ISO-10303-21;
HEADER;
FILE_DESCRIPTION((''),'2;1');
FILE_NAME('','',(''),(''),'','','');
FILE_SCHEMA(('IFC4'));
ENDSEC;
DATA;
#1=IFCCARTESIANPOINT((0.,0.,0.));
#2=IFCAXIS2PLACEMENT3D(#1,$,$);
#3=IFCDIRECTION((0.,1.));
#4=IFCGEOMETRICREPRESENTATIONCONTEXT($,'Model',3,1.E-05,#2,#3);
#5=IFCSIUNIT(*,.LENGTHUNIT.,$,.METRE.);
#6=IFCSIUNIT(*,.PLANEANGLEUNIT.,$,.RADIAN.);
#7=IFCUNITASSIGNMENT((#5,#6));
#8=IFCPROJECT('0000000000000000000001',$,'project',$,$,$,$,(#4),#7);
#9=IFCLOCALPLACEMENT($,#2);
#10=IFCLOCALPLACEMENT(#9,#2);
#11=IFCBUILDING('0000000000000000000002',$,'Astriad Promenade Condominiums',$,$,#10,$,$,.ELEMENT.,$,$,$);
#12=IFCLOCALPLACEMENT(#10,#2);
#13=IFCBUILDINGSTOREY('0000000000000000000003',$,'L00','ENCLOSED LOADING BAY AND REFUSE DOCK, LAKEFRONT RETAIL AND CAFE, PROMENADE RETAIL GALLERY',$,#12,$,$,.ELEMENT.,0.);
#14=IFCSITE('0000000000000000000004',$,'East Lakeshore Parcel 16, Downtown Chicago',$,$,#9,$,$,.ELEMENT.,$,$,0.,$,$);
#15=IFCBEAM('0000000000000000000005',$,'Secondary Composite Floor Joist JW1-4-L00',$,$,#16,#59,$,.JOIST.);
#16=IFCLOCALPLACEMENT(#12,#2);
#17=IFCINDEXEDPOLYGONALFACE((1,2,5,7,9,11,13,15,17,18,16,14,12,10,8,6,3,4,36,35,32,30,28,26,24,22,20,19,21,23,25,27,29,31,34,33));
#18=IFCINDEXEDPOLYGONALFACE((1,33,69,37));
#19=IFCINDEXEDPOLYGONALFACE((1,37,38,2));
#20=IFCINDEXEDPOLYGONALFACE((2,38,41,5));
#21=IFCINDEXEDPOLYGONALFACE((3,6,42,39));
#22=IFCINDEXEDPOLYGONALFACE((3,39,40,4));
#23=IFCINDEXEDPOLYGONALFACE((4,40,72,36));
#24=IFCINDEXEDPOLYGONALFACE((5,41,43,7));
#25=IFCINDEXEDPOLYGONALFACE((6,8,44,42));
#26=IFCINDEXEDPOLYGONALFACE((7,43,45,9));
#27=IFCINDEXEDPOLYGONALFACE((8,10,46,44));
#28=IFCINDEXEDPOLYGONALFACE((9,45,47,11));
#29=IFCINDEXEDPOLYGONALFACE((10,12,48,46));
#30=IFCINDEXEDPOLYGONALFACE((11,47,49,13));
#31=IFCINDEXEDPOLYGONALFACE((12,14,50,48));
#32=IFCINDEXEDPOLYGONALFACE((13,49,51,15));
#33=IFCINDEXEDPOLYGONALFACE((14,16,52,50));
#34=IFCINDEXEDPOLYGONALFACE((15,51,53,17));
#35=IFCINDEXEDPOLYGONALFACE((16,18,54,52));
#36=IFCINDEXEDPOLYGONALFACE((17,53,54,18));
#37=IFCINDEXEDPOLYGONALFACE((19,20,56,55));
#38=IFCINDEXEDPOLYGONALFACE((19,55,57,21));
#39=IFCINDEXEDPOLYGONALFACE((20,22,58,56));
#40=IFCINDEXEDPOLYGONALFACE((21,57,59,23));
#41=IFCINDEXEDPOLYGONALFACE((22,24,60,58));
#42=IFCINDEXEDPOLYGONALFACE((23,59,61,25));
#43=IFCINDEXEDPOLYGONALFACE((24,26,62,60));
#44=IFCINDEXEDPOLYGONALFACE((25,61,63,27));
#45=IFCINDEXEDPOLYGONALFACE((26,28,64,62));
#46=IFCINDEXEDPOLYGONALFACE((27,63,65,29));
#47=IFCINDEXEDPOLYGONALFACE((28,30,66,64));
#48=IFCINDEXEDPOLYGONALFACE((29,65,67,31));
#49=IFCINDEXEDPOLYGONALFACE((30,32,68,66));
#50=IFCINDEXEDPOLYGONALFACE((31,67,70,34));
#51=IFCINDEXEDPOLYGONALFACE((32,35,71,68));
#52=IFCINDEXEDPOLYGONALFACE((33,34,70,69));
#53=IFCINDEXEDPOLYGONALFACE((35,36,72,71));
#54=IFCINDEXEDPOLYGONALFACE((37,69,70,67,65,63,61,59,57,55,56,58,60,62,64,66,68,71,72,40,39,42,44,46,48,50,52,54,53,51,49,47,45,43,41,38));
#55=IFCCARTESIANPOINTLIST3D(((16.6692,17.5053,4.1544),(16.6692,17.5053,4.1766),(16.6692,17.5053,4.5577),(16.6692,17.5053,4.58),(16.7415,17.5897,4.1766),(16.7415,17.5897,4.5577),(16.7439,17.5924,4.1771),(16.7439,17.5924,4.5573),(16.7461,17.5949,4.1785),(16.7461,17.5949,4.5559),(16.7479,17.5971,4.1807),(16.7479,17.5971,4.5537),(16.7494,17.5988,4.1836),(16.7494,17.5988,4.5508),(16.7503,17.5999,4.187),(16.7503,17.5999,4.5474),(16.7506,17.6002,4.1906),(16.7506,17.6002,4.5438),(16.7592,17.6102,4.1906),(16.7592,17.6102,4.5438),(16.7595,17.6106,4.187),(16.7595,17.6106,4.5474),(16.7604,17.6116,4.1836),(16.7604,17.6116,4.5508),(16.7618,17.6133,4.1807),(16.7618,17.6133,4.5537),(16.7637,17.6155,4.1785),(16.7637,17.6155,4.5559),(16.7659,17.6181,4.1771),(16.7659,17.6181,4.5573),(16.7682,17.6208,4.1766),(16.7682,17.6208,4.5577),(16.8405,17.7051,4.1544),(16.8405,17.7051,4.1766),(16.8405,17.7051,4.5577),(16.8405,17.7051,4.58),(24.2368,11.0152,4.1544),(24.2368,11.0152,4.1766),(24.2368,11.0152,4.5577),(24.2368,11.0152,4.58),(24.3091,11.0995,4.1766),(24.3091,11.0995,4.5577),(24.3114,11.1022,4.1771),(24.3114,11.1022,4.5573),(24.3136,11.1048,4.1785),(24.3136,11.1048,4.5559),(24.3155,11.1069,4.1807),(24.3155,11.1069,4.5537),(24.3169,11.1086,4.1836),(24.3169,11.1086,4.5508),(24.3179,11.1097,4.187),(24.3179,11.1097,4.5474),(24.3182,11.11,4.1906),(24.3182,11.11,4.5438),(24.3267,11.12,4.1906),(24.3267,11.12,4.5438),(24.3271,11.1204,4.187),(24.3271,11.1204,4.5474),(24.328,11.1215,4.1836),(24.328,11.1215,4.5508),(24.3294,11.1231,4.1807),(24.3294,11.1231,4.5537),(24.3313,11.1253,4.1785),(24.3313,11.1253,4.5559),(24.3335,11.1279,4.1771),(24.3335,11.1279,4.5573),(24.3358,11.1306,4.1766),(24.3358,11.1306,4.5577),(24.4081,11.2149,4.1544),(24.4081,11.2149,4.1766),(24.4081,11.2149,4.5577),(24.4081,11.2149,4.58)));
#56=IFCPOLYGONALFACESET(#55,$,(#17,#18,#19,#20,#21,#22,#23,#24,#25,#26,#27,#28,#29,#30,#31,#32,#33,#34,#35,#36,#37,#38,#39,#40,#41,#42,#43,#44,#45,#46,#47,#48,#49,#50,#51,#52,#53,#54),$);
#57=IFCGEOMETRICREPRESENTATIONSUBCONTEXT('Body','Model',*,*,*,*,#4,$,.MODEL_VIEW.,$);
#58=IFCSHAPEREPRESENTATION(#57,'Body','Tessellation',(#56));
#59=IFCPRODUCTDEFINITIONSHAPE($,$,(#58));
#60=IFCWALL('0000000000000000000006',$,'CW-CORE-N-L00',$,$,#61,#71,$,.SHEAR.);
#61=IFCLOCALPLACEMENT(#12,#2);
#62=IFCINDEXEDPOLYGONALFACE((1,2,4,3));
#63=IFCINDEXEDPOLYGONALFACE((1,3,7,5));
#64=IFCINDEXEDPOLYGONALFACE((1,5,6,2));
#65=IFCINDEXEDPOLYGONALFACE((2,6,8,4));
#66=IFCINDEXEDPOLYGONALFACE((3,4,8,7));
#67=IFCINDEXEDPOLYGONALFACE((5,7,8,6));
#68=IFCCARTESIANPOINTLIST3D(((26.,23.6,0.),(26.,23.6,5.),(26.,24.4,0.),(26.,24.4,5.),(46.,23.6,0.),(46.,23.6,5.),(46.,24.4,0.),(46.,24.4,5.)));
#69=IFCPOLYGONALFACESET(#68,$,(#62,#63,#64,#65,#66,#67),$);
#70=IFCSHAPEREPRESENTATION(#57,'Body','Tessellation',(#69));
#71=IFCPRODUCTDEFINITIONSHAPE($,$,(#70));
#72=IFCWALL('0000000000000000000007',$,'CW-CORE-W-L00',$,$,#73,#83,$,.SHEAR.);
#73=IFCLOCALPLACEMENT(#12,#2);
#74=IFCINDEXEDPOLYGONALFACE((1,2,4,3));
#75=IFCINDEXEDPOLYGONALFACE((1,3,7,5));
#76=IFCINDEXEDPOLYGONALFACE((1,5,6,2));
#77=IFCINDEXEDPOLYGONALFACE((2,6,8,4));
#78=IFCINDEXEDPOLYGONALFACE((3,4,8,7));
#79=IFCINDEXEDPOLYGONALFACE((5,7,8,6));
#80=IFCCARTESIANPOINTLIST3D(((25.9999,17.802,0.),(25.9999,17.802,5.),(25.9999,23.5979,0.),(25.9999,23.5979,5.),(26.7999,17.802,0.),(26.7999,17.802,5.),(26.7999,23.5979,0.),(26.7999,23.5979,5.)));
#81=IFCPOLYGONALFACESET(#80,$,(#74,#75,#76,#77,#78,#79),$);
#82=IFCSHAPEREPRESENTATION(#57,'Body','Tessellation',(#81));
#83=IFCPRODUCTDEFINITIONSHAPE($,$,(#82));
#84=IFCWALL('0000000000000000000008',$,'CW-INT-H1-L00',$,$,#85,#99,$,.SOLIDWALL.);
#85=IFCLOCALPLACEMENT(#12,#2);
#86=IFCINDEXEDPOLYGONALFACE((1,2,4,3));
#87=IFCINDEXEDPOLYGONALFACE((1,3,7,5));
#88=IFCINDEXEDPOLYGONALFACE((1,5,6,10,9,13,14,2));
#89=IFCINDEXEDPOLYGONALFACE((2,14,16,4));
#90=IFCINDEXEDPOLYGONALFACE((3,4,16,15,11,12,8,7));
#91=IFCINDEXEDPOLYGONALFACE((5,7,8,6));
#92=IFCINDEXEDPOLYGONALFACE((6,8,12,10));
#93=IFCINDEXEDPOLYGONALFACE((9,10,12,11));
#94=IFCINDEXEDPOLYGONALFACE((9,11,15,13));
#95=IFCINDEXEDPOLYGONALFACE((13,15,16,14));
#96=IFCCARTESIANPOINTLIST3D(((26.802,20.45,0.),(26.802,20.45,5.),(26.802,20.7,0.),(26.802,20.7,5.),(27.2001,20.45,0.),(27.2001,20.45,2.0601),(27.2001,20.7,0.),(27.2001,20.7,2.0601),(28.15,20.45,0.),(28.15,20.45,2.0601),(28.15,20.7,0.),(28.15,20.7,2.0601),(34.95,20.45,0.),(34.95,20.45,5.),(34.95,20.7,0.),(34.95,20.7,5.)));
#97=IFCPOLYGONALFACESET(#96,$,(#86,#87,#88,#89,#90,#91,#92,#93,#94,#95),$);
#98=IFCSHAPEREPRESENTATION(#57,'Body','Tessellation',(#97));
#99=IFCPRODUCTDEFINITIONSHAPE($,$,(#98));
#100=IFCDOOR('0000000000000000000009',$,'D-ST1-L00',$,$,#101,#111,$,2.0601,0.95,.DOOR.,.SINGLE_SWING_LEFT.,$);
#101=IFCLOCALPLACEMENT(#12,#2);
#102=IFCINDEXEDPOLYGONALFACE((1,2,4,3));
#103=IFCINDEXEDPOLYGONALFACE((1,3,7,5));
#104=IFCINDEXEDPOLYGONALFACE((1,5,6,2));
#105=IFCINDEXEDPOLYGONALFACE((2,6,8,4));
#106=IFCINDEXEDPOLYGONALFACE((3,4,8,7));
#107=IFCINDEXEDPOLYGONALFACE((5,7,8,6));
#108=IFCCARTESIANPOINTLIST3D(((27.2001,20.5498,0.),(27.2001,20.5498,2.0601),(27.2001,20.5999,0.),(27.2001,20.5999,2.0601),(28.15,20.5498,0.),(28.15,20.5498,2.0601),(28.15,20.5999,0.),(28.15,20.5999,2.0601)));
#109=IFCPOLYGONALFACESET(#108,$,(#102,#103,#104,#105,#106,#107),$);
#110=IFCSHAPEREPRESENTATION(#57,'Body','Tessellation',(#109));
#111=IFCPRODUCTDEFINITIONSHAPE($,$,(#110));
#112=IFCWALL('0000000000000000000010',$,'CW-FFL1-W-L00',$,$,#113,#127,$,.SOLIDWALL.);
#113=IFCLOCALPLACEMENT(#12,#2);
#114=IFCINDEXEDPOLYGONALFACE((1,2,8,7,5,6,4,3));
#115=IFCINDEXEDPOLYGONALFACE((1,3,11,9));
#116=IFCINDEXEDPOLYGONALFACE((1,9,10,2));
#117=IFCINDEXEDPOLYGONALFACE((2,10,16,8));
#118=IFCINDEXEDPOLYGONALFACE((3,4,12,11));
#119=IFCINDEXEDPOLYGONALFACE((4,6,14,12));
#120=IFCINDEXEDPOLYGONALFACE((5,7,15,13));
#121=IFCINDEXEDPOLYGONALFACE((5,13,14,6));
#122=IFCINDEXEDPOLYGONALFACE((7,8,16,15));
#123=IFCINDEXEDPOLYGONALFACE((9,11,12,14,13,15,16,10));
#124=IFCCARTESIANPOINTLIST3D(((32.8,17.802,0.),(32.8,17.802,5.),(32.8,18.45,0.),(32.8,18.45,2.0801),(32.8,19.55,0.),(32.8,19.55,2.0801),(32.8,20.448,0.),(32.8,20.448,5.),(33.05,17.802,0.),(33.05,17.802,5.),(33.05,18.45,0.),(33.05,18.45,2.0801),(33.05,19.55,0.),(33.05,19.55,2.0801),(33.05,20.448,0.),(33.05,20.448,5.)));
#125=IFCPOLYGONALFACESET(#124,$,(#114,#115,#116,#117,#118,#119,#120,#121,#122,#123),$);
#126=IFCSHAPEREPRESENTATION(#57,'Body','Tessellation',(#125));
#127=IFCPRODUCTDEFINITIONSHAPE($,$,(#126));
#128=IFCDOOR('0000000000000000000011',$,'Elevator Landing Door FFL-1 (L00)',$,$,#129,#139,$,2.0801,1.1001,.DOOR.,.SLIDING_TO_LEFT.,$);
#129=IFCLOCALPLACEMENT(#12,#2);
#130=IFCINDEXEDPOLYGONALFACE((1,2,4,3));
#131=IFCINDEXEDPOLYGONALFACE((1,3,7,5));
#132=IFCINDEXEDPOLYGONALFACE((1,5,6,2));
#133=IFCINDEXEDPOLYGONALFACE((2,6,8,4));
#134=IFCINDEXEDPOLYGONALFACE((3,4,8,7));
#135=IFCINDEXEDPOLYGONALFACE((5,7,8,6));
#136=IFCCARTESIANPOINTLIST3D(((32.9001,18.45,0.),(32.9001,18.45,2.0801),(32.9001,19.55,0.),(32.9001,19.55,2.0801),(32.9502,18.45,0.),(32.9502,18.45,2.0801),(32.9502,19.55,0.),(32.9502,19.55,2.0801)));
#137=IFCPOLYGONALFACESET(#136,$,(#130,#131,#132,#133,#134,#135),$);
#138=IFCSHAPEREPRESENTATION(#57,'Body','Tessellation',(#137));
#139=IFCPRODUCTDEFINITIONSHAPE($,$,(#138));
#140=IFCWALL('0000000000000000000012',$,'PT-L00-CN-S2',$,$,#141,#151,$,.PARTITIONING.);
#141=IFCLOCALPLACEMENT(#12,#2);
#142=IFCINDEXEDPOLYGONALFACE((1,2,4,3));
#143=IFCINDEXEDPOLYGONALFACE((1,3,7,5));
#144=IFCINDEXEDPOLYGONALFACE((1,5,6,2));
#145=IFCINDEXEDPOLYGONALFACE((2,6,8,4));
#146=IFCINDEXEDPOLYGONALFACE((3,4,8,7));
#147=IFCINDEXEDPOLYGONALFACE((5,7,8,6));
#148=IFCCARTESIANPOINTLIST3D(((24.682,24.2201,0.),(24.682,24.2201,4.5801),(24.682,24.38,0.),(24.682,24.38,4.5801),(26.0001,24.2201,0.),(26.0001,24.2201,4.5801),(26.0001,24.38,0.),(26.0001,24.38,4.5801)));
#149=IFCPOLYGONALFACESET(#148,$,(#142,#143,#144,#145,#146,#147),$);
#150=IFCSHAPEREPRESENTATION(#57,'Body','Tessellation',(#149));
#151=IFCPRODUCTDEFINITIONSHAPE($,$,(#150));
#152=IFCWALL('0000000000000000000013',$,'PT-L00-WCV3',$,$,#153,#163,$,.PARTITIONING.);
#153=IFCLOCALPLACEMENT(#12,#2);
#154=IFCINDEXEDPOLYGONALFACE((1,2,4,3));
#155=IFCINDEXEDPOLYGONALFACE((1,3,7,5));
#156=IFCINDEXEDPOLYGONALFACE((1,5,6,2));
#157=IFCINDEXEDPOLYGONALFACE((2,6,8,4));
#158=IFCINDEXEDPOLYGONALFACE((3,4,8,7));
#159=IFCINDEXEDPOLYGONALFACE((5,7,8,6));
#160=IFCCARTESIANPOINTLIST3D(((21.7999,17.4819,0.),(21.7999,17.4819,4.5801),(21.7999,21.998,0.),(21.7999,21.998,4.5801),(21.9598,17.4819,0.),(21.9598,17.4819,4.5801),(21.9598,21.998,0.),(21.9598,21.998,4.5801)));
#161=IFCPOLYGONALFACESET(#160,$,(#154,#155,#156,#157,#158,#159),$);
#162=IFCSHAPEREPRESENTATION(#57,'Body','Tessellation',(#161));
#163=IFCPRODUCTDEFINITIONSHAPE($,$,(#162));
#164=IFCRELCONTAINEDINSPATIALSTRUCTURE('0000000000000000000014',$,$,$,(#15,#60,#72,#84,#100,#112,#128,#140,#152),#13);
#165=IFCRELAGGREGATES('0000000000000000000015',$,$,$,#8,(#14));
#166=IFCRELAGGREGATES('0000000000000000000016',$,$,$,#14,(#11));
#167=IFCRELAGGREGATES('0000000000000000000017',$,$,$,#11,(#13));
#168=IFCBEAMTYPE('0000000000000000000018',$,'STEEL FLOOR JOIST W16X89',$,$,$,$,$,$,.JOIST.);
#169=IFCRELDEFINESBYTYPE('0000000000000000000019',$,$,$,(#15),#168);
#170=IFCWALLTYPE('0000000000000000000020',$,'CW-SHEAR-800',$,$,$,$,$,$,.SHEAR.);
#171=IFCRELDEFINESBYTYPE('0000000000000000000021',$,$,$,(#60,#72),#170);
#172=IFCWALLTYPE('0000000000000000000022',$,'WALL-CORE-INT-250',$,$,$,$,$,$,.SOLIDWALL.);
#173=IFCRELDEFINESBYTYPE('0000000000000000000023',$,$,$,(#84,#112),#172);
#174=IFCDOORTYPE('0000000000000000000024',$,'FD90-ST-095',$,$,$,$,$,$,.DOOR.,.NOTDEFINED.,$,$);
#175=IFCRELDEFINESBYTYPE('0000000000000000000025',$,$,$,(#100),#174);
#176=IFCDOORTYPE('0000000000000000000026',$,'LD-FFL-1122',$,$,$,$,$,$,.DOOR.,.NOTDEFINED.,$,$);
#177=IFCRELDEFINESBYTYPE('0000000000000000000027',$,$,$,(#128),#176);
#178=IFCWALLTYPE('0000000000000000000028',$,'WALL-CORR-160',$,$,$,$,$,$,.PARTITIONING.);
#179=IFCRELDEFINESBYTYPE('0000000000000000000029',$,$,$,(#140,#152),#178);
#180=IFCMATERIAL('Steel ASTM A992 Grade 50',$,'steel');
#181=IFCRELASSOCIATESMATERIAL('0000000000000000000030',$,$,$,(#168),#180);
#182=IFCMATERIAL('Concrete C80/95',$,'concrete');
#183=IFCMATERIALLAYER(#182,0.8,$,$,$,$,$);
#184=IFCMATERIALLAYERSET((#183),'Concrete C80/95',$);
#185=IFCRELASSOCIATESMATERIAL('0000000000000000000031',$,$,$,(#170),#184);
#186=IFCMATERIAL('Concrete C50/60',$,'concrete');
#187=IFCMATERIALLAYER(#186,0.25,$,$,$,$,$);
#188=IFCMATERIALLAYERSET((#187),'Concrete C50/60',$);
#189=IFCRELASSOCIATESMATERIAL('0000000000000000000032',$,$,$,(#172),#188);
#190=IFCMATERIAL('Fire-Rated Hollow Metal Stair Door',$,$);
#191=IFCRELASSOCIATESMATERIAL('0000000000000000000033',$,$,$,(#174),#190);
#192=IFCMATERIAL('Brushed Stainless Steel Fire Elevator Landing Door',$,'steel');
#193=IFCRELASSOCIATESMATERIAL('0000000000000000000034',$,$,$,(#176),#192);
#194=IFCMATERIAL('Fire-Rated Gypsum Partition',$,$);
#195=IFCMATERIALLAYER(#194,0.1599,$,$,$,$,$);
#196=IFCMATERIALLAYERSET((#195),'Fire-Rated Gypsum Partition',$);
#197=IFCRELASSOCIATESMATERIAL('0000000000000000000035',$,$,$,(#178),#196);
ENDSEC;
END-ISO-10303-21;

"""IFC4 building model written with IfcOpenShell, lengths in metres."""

from ifc_helpers import new_model, si_unit, direction, frame, frame_2d, origin, origin_2d, place, context, subcontext, project, spatial, rectangle, i_section, extrude, source, transform, mapped, material, layer, layer_set, material_profile, profile_set, type_object, type_shapes, element, fill, save


model = new_model("IFC4")

# Units and contexts
model_context = context("Model", 3, precision=1e-05, world=origin(), true_north=direction((0.0, 1.0)))
body_context = subcontext(model_context, "Body", "Model", "MODEL_VIEW")
ifc_project = project(units=[si_unit("LENGTHUNIT", "METRE"), si_unit("PLANEANGLEUNIT", "RADIAN")], contexts=[model_context])

# Site, building, storey
site_placement = place(None, origin())
site = spatial("IfcSite", under=ifc_project, at=site_placement, Name="East Lakeshore Parcel 16, Downtown Chicago", CompositionType="ELEMENT", RefElevation=0.0)
building_placement = place(site_placement, origin())
building = spatial("IfcBuilding", under=site, at=building_placement, Name="Astriad Promenade Condominiums", CompositionType="ELEMENT")
storey_placement = place(building_placement, origin())
storey = spatial("IfcBuildingStorey", under=building, at=storey_placement, Name="L00", Description="ENCLOSED LOADING BAY AND REFUSE DOCK, LAKEFRONT RETAIL AND CAFE, PROMENADE RETAIL GALLERY", CompositionType="ELEMENT", Elevation=0.0)

# Shared definitions
ifc_material_1 = material(Name="Steel ASTM A992 Grade 50", Category="steel")

# Beam
ifc_material_profile_1 = material_profile(ifc_material_1, i_section(OverallWidth=0.2632, OverallDepth=0.4255, WebThickness=0.0132, FlangeThickness=0.0222, FilletRadius=0.0139, at=origin_2d()), Name="W16X89")
ifc_profile_set_1 = profile_set([ifc_material_profile_1], Name="Steel ASTM A992 Grade 50")
beam_type_1 = type_object("IfcBeamType", Name="STEEL FLOOR JOIST W16X89", PredefinedType="JOIST", material=ifc_profile_set_1)
shared_shape_1 = source(origin(), body_context, "Body", "SweptSolid", [
    extrude(i_section(OverallWidth=0.2632, OverallDepth=0.4255, WebThickness=0.0132, FlangeThickness=0.0222, FilletRadius=0.0139, at=origin_2d()), origin(), (0.0, 0.0, 1.0), 9.9695),
])
type_shapes(beam_type_1, [shared_shape_1])
beam_1_placement = place(storey_placement, frame((16.7549, 17.6052, 4.3672), z_axis=(0.759073, -0.651005, 0.0), x_axis=(0.651005, 0.759073, 0.0)))
element("IfcBeam", 1, at=beam_1_placement, inside=storey, type_object=beam_type_1, Name="Secondary Composite Floor Joist JW1-4-L00", PredefinedType="JOIST", context=body_context, shape_type="MappedRepresentation", body=[
    mapped(shared_shape_1, transform((0.0, 0.0, 0.0), scale=1.0)),
])

# Walls
ifc_material_2 = material(Name="Concrete C80/95", Category="concrete")
ifc_layer_1 = layer(ifc_material_2, 0.8)
ifc_layer_set_1 = layer_set([ifc_layer_1], Name="Concrete C80/95")
wall_type_1 = type_object("IfcWallType", Name="CW-SHEAR-800", PredefinedType="SHEAR", material=ifc_layer_set_1)
wall_1_placement = place(storey_placement, frame((26.0, 24.0, 0.0), z_axis=(0.0, 0.0, 1.0), x_axis=(1.0, 0.0, 0.0)))
element("IfcWall", 2, at=wall_1_placement, inside=storey, type_object=wall_type_1, Name="CW-CORE-N-L00", PredefinedType="SHEAR", context=body_context, shape_type="SweptSolid", body=[
    extrude(rectangle(XDim=20.0, YDim=0.8, at=frame_2d((10.0, 0.0))), origin(), (0.0, 0.0, 1.0), 5.0),
])
wall_2_placement = place(storey_placement, frame((26.3999, 17.802, 0.0), z_axis=(0.0, 0.0, 1.0), x_axis=(0.0, 1.0, 0.0)))
element("IfcWall", 3, at=wall_2_placement, inside=storey, type_object=wall_type_1, Name="CW-CORE-W-L00", PredefinedType="SHEAR", context=body_context, shape_type="SweptSolid", body=[
    extrude(rectangle(XDim=5.7959, YDim=0.8, at=frame_2d((2.8979, 0.0))), origin(), (0.0, 0.0, 1.0), 5.0),
])

# Walls, openings, doors
ifc_material_3 = material(Name="Concrete C50/60", Category="concrete")
ifc_layer_2 = layer(ifc_material_3, 0.25)
ifc_layer_set_2 = layer_set([ifc_layer_2], Name="Concrete C50/60")
wall_type_2 = type_object("IfcWallType", Name="WALL-CORE-INT-250", PredefinedType="SOLIDWALL", material=ifc_layer_set_2)
wall_3_placement = place(storey_placement, frame((26.802, 20.575, 0.0), z_axis=(0.0, 0.0, 1.0), x_axis=(1.0, 0.0, 0.0)))
wall_3 = element("IfcWall", 4, at=wall_3_placement, inside=storey, type_object=wall_type_2, Name="CW-INT-H1-L00", PredefinedType="SOLIDWALL", context=body_context, shape_type="SweptSolid", body=[
    extrude(rectangle(XDim=8.1479, YDim=0.25, at=frame_2d((4.074, 0.0))), origin(), (0.0, 0.0, 1.0), 5.0),
])
opening_1_placement = place(wall_3_placement, frame((0.3979, 0.0, 0.0)))
opening_1 = element("IfcOpeningElement", 5, at=opening_1_placement, cuts=wall_3, PredefinedType="OPENING", context=body_context, shape_type="SweptSolid", body=[
    extrude(rectangle(XDim=0.95, YDim=2.0601, at=frame_2d((0.4751, 1.03))), frame((0.0, 0.135, 0.0), z_axis=(0.0, -1.0, 0.0), x_axis=(1.0, 0.0, 0.0)), (0.0, 0.0, 1.0), 0.27),
])
ifc_material_4 = material(Name="Fire-Rated Hollow Metal Stair Door")
door_type_1 = type_object("IfcDoorType", Name="FD90-ST-095", OperationType="NOTDEFINED", PredefinedType="DOOR", material=ifc_material_4)
shared_shape_2 = source(origin(), body_context, "Body", "SweptSolid", [
    extrude(rectangle(XDim=0.95, YDim=2.0601, at=frame_2d((0.4751, 1.03))), frame((0.0, 0.0249, 0.0), z_axis=(0.0, -1.0, 0.0), x_axis=(1.0, 0.0, 0.0)), (0.0, 0.0, 1.0), 0.05),
])
type_shapes(door_type_1, [shared_shape_2])
door_1_placement = place(opening_1_placement, origin())
door_1 = element("IfcDoor", 6, at=door_1_placement, inside=storey, type_object=door_type_1, Name="D-ST1-L00", OperationType="SINGLE_SWING_LEFT", OverallHeight=2.0601, OverallWidth=0.95, PredefinedType="DOOR", context=body_context, shape_type="MappedRepresentation", body=[
    mapped(shared_shape_2, transform((0.0, 0.0, 0.0), scale=1.0)),
])
fill(opening_1, door_1)
wall_4_placement = place(storey_placement, frame((32.925, 17.802, 0.0), z_axis=(0.0, 0.0, 1.0), x_axis=(0.0, 1.0, 0.0)))
wall_4 = element("IfcWall", 7, at=wall_4_placement, inside=storey, type_object=wall_type_2, Name="CW-FFL1-W-L00", PredefinedType="SOLIDWALL", context=body_context, shape_type="SweptSolid", body=[
    extrude(rectangle(XDim=2.646, YDim=0.25, at=frame_2d((1.323, 0.0))), origin(), (0.0, 0.0, 1.0), 5.0),
])
opening_2_placement = place(wall_4_placement, frame((0.6479, 0.0, 0.0)))
opening_2 = element("IfcOpeningElement", 8, at=opening_2_placement, cuts=wall_4, PredefinedType="OPENING", context=body_context, shape_type="SweptSolid", body=[
    extrude(rectangle(XDim=1.1001, YDim=2.0801, at=frame_2d((0.55, 1.04))), frame((0.0, 0.135, 0.0), z_axis=(0.0, -1.0, 0.0), x_axis=(1.0, 0.0, 0.0)), (0.0, 0.0, 1.0), 0.27),
])
ifc_material_5 = material(Name="Brushed Stainless Steel Fire Elevator Landing Door", Category="steel")
door_type_2 = type_object("IfcDoorType", Name="LD-FFL-1122", OperationType="NOTDEFINED", PredefinedType="DOOR", material=ifc_material_5)
shared_shape_3 = source(origin(), body_context, "Body", "SweptSolid", [
    extrude(rectangle(XDim=1.1001, YDim=2.0801, at=frame_2d((0.55, 1.04))), frame((0.0, 0.0249, 0.0), z_axis=(0.0, -1.0, 0.0), x_axis=(1.0, 0.0, 0.0)), (0.0, 0.0, 1.0), 0.05),
])
type_shapes(door_type_2, [shared_shape_3])
door_2_placement = place(opening_2_placement, origin())
door_2 = element("IfcDoor", 9, at=door_2_placement, inside=storey, type_object=door_type_2, Name="Elevator Landing Door FFL-1 (L00)", OperationType="SLIDING_TO_LEFT", OverallHeight=2.0801, OverallWidth=1.1001, PredefinedType="DOOR", context=body_context, shape_type="MappedRepresentation", body=[
    mapped(shared_shape_3, transform((0.0, 0.0, 0.0), scale=1.0)),
])
fill(opening_2, door_2)

# Walls
ifc_material_6 = material(Name="Fire-Rated Gypsum Partition")
ifc_layer_3 = layer(ifc_material_6, 0.1599)
ifc_layer_set_3 = layer_set([ifc_layer_3], Name="Fire-Rated Gypsum Partition")
wall_type_3 = type_object("IfcWallType", Name="WALL-CORR-160", PredefinedType="PARTITIONING", material=ifc_layer_set_3)
wall_5_placement = place(storey_placement, frame((24.6819, 24.3, 0.0), z_axis=(0.0, 0.0, 1.0), x_axis=(1.0, 0.0, 0.0)))
element("IfcWall", 10, at=wall_5_placement, inside=storey, type_object=wall_type_3, Name="PT-L00-CN-S2", PredefinedType="PARTITIONING", context=body_context, shape_type="SweptSolid", body=[
    extrude(rectangle(XDim=1.3181, YDim=0.1599, at=frame_2d((0.6592, 0.0))), origin(), (0.0, 0.0, 1.0), 4.5801),
])
wall_6_placement = place(storey_placement, frame((21.8799, 17.4819, 0.0), z_axis=(0.0, 0.0, 1.0), x_axis=(0.0, 1.0, 0.0)))
element("IfcWall", 11, at=wall_6_placement, inside=storey, type_object=wall_type_3, Name="PT-L00-WCV3", PredefinedType="PARTITIONING", context=body_context, shape_type="SweptSolid", body=[
    extrude(rectangle(XDim=4.5161, YDim=0.1599, at=frame_2d((2.2581, 0.0))), origin(), (0.0, 0.0, 1.0), 4.5801),
])

save(model, "model.ifc")
